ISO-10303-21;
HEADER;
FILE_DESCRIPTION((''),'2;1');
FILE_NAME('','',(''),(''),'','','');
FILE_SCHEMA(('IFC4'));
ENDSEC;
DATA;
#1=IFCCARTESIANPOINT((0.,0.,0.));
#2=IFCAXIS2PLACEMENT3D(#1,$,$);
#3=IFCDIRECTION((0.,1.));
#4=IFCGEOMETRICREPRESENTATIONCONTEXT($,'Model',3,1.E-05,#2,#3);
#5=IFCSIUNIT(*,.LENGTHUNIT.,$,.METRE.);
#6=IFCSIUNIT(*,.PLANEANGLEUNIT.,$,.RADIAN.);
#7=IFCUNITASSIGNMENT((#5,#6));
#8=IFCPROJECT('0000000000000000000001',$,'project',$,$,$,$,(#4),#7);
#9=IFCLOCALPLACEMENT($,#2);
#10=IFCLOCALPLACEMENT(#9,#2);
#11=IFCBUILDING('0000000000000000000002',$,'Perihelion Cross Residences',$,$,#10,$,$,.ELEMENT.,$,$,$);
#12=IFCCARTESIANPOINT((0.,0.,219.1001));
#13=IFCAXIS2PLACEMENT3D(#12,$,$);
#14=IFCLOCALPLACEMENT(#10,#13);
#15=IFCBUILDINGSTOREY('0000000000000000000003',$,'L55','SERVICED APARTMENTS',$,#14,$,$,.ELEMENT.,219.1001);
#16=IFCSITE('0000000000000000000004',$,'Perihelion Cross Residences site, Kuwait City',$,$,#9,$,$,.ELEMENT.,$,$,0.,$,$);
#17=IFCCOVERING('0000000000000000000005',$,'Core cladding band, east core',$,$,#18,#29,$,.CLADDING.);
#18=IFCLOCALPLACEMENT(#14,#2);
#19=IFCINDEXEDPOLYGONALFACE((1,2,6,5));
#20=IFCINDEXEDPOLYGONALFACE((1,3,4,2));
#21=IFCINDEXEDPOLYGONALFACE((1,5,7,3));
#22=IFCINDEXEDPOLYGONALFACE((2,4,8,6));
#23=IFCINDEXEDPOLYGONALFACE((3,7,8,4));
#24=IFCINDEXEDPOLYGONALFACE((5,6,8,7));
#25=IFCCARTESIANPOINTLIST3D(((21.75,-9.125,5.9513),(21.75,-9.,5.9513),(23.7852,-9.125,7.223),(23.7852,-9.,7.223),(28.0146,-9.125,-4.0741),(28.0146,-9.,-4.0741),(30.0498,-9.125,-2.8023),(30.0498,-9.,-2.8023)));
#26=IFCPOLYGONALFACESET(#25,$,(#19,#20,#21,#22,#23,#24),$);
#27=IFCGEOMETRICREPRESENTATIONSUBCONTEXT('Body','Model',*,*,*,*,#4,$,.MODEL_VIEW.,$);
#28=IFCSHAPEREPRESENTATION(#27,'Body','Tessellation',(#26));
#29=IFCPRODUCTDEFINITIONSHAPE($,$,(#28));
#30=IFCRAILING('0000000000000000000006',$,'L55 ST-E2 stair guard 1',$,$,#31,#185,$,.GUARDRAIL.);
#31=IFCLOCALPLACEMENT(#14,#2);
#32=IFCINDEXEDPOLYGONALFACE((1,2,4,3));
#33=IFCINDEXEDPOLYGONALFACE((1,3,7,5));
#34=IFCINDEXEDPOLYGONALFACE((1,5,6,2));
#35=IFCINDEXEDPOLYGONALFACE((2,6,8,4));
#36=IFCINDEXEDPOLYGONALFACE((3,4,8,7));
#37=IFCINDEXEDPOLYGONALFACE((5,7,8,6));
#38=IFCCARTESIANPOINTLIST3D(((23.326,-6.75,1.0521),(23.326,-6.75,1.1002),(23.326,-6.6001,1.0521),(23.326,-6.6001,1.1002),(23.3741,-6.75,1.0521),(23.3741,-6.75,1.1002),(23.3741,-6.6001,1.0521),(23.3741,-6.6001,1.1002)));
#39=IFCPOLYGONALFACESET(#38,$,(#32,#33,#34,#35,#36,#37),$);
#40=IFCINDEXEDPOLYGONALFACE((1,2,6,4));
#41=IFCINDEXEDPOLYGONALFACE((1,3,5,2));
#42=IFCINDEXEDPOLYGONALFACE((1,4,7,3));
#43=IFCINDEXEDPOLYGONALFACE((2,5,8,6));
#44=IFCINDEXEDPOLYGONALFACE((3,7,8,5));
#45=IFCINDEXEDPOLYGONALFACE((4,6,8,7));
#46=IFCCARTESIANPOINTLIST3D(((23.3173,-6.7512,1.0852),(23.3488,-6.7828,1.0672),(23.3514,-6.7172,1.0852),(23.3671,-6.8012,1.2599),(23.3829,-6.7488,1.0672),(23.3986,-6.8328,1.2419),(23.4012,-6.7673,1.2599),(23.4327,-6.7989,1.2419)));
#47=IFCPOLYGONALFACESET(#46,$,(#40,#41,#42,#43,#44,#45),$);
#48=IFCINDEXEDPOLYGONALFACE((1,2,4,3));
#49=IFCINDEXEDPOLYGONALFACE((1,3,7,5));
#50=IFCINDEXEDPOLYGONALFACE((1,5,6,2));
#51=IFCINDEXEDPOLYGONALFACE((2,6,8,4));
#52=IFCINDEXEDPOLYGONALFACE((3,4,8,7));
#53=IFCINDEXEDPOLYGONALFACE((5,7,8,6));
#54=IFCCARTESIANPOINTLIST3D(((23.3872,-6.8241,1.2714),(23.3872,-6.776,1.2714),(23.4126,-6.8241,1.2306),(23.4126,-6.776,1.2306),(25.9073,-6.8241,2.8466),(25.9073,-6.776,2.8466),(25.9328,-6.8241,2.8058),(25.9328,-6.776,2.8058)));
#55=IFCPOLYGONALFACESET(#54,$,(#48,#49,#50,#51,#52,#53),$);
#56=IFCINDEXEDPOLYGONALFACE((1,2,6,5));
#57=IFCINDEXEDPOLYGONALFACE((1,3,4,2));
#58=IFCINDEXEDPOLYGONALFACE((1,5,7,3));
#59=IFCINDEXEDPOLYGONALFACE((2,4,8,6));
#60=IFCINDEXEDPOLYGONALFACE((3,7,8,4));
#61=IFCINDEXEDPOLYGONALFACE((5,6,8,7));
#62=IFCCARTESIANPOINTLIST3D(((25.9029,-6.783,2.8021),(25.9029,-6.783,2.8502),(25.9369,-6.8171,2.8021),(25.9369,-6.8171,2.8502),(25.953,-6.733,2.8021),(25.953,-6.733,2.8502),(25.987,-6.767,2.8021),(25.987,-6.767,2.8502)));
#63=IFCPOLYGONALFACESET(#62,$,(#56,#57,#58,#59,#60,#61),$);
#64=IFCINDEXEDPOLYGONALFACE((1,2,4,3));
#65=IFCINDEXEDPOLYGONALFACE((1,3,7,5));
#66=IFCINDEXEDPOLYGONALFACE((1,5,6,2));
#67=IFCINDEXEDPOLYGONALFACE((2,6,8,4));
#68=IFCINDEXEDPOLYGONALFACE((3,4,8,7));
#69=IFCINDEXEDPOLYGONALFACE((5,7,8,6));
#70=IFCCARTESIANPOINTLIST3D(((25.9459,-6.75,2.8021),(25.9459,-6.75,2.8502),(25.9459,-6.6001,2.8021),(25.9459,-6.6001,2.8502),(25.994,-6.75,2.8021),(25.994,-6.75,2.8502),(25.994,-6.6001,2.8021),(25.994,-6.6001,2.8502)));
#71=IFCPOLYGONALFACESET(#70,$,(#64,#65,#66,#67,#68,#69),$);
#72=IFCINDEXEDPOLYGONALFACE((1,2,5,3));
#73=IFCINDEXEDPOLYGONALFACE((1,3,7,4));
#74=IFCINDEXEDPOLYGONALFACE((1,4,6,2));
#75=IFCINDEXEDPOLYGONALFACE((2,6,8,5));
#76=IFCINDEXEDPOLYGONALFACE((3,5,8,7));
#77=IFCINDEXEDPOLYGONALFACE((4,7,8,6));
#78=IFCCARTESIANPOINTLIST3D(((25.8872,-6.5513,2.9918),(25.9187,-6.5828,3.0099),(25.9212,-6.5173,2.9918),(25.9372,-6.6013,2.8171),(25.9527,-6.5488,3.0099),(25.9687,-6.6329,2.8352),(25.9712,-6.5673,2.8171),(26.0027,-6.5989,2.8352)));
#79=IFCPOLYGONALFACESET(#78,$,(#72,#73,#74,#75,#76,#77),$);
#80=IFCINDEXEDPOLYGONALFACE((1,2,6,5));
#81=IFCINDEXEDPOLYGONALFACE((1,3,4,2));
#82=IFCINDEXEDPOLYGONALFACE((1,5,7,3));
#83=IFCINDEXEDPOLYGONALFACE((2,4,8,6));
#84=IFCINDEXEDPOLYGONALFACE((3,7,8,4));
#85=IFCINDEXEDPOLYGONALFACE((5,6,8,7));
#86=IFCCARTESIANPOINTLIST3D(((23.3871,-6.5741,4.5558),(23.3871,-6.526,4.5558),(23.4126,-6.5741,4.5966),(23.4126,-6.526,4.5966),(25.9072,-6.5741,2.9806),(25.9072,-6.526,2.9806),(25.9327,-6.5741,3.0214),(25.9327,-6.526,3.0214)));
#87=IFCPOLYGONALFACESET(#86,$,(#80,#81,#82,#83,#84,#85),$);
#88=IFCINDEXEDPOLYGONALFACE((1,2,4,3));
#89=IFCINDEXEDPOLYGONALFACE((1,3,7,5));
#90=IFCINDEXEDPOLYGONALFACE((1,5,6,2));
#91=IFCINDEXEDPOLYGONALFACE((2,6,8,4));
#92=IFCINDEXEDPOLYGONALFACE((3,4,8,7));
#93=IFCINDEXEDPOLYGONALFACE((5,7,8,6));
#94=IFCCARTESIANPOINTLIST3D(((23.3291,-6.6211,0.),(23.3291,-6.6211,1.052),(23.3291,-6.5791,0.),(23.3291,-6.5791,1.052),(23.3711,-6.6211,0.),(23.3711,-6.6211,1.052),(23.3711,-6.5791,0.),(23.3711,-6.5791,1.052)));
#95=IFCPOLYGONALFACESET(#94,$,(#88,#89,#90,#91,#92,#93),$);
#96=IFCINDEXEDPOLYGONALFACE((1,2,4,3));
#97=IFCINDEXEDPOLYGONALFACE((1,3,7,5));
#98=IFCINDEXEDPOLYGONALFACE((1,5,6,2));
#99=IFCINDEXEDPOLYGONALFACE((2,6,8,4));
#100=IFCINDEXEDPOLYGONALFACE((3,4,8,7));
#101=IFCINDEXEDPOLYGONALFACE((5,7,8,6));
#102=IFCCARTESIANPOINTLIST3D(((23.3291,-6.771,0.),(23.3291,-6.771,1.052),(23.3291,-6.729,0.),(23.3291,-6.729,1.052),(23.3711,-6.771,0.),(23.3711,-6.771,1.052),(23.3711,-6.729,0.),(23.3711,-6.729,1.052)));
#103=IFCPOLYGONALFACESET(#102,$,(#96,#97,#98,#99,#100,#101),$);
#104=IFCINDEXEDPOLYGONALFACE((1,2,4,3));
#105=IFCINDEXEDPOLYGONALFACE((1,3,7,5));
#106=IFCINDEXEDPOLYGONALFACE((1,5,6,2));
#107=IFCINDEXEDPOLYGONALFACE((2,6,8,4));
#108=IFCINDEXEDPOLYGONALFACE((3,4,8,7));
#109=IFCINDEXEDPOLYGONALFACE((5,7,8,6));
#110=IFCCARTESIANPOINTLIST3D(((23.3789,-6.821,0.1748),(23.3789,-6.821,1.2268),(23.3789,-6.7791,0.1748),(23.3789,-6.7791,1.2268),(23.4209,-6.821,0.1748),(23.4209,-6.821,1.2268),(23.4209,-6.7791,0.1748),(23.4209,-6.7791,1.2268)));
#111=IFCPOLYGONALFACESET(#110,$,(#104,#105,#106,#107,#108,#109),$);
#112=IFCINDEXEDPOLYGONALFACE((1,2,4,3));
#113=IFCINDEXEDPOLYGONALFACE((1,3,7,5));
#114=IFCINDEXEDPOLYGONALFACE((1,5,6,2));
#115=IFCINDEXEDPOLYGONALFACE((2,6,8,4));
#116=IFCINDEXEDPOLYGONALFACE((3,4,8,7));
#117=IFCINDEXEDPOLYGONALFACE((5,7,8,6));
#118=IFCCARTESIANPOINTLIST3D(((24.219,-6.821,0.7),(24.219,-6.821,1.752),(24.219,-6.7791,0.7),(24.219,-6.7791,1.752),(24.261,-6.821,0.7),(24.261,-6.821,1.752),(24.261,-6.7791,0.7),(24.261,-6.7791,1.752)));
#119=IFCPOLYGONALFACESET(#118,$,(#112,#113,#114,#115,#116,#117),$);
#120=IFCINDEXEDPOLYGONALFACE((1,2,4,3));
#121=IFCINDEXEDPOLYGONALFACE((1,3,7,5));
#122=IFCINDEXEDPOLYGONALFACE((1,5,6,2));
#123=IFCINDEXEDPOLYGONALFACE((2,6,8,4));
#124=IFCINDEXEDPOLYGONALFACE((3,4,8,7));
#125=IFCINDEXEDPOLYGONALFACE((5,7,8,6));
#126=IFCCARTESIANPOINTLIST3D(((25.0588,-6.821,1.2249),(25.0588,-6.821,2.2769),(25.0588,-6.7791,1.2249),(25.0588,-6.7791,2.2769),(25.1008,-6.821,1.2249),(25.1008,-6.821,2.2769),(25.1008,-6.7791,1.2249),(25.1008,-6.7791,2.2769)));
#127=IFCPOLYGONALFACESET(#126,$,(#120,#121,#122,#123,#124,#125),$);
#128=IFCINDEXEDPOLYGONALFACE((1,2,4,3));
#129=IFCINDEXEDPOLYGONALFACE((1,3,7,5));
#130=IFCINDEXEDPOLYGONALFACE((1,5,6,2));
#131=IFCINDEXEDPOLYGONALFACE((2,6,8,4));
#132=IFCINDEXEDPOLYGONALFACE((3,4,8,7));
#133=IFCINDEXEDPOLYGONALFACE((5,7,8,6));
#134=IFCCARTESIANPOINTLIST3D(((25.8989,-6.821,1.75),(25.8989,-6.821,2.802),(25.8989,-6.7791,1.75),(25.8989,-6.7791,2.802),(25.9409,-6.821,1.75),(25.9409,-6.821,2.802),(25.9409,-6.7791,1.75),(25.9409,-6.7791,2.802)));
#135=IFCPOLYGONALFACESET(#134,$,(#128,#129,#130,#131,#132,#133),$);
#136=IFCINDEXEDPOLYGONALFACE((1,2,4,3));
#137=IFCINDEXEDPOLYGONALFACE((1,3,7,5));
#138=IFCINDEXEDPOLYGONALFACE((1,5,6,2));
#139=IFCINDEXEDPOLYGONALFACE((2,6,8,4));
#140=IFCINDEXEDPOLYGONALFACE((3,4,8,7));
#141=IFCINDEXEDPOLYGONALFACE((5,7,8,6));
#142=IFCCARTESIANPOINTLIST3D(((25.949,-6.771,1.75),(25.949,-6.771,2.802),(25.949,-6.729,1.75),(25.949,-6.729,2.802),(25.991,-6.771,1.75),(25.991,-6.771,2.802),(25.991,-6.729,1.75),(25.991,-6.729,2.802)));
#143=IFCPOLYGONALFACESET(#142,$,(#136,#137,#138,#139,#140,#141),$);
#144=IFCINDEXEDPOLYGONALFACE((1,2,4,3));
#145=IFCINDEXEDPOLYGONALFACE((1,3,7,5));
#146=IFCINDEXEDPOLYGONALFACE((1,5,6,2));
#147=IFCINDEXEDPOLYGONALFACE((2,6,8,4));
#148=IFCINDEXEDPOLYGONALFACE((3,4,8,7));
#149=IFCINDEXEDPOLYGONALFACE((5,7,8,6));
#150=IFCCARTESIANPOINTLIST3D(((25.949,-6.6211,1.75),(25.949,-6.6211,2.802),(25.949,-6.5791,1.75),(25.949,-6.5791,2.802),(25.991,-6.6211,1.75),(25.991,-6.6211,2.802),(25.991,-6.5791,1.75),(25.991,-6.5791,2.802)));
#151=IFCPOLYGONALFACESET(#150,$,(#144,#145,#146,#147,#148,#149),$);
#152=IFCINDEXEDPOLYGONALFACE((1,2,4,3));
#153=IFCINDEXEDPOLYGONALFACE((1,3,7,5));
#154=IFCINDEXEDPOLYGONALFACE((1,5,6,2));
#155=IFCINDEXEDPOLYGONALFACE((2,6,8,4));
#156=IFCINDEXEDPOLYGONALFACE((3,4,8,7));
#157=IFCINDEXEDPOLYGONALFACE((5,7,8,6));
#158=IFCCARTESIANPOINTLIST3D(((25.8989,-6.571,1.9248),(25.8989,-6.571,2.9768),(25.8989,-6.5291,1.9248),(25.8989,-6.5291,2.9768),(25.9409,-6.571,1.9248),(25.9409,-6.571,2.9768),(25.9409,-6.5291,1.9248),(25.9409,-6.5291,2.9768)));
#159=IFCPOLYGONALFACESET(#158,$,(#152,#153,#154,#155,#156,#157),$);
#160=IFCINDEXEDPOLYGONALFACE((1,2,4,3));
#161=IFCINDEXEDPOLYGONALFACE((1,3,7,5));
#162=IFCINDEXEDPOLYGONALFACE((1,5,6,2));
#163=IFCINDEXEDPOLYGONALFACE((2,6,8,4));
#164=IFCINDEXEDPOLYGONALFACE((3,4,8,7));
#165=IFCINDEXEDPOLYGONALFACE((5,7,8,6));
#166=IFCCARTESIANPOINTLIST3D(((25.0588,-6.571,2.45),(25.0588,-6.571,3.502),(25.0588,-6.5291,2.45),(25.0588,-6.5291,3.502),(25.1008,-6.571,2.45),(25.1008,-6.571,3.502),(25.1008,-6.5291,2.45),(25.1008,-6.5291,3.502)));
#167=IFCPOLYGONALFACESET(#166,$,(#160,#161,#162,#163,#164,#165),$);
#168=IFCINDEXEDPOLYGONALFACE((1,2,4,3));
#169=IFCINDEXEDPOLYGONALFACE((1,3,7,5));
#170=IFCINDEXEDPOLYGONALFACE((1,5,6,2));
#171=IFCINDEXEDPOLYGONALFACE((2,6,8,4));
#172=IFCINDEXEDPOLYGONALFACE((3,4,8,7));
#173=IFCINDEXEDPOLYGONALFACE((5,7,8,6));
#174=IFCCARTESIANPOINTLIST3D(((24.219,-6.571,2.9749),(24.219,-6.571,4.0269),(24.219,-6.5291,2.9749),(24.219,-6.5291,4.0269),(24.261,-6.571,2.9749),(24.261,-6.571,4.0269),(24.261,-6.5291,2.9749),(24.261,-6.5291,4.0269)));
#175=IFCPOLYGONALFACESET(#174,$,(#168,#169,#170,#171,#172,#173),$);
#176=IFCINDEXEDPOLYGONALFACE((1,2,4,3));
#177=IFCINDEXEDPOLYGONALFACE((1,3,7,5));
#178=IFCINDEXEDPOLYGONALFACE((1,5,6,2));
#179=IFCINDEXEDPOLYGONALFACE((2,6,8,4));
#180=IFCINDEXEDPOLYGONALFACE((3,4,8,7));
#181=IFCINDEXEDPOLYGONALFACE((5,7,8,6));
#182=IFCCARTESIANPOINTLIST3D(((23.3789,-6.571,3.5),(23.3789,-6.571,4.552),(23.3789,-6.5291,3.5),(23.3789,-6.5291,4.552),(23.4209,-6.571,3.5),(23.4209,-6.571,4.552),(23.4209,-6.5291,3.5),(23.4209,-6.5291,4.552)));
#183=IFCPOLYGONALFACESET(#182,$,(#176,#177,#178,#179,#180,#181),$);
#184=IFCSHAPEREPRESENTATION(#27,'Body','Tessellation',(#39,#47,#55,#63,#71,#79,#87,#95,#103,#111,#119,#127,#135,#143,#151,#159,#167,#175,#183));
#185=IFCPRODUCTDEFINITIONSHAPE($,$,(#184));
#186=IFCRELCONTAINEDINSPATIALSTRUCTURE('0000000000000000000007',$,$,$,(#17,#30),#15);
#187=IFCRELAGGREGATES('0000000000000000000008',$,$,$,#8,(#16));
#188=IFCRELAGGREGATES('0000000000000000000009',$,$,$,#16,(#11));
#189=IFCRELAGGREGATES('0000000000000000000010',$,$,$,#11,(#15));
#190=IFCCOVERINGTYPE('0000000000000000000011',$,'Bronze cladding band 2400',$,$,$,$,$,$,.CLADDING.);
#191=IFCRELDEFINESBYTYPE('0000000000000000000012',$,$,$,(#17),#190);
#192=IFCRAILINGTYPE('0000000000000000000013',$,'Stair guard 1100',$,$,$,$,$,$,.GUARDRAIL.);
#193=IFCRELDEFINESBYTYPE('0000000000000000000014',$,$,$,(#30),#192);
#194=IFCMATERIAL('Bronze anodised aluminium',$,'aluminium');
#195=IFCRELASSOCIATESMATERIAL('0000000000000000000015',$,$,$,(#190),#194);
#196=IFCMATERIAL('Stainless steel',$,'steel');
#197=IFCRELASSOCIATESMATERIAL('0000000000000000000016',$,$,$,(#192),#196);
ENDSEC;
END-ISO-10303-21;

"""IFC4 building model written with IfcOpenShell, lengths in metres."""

from ifc_helpers import new_model, si_unit, direction, frame, origin, origin_2d, place, context, subcontext, project, spatial, rectangle, extrude, material, material_profile, profile_set, type_object, element, save


model = new_model("IFC4")

# Units and contexts
model_context = context("Model", 3, precision=1e-05, world=origin(), true_north=direction((0.0, 1.0)))
body_context = subcontext(model_context, "Body", "Model", "MODEL_VIEW")
ifc_project = project(units=[si_unit("LENGTHUNIT", "METRE"), si_unit("PLANEANGLEUNIT", "RADIAN")], contexts=[model_context])

# Site, building, storey
site_placement = place(None, origin())
site = spatial("IfcSite", under=ifc_project, at=site_placement, Name="Perihelion Cross Residences site, Kuwait City", CompositionType="ELEMENT", RefElevation=0.0)
building_placement = place(site_placement, origin())
building = spatial("IfcBuilding", under=site, at=building_placement, Name="Perihelion Cross Residences", CompositionType="ELEMENT")
storey_placement = place(building_placement, frame((0.0, 0.0, 219.1001)))
storey = spatial("IfcBuildingStorey", under=building, at=storey_placement, Name="L55", Description="SERVICED APARTMENTS", CompositionType="ELEMENT", Elevation=219.1001)

# Covering
ifc_material_1 = material(Name="Bronze anodised aluminium", Category="aluminium")
ifc_material_profile = material_profile(ifc_material_1, rectangle(XDim=0.125, YDim=2.3999, at=origin_2d()), Name="Bronze cladding band 2400")
ifc_profile_set = profile_set([ifc_material_profile], Name="Bronze anodised aluminium")
covering_type = type_object("IfcCoveringType", Name="Bronze cladding band 2400", PredefinedType="CLADDING", material=ifc_profile_set)
covering_placement = place(storey_placement, frame((29.0322, -9.0625, -3.4382), z_axis=(-0.529925, 0.0, 0.848045), x_axis=(0.0, -1.0, 0.0)))
element("IfcCovering", 1, at=covering_placement, inside=storey, type_object=covering_type, Name="Core cladding band, east core", PredefinedType="CLADDING", context=body_context, shape_type="SweptSolid", body=[
    extrude(rectangle(XDim=0.125, YDim=2.3999, at=origin_2d()), origin(), (0.0, 0.0, 1.0), 11.8218),
])

# Railing
ifc_material_2 = material(Name="Stainless steel", Category="steel")
railing_type_1 = type_object("IfcRailingType", Name="Stair guard 1100", PredefinedType="GUARDRAIL", material=ifc_material_2)
railing_1_placement = place(storey_placement, frame((23.3501, -6.6001, 0.0)))
element("IfcRailing", 2, at=railing_1_placement, inside=storey, type_object=railing_type_1, Name="L55 ST-E2 stair guard 1", PredefinedType="GUARDRAIL", context=body_context, shape_type="SweptSolid", body=[
    extrude(rectangle(XDim=0.0481, YDim=0.0481, at=origin_2d()), frame((0.0, 0.0, 1.0762), z_axis=(0.0, -1.0, 0.0), x_axis=(1.0, 0.0, 0.0)), (0.0, 0.0, 1.0), 0.1499),
    extrude(rectangle(XDim=0.0481, YDim=0.0481, at=origin_2d()), frame((0.0, -0.1499, 1.0762), z_axis=(0.264179, -0.265474, 0.927218), x_axis=(0.708834, 0.705376, 0.0)), (0.0, 0.0, 1.0), 0.1885),
    extrude(rectangle(XDim=0.0481, YDim=0.0481, at=origin_2d()), frame((0.0498, -0.2, 1.251), z_axis=(0.847971, 0.0, 0.530043), x_axis=(0.0, 1.0, 0.0)), (0.0, 0.0, 1.0), 2.9719),
    extrude(rectangle(XDim=0.0481, YDim=0.0481, at=origin_2d()), frame((2.5698, -0.2, 2.8262), z_axis=(0.707107, 0.707107, 0.0), x_axis=(-0.707107, 0.707107, 0.0)), (0.0, 0.0, 1.0), 0.0708),
    extrude(rectangle(XDim=0.0481, YDim=0.0481, at=origin_2d()), frame((2.6199, -0.1499, 2.8262), z_axis=(0.0, 1.0, 0.0), x_axis=(-1.0, 0.0, 0.0)), (0.0, 0.0, 1.0), 0.1499),
    extrude(rectangle(XDim=0.0481, YDim=0.0481, at=origin_2d()), frame((2.6199, 0.0, 2.8262), z_axis=(-0.265383, 0.265383, 0.9269), x_axis=(-0.707107, -0.707107, 0.0)), (0.0, 0.0, 1.0), 0.1885),
    extrude(rectangle(XDim=0.0481, YDim=0.0481, at=origin_2d()), frame((2.5698, 0.05, 3.001), z_axis=(-0.847971, 0.0, 0.530043), x_axis=(0.0, -1.0, 0.0)), (0.0, 0.0, 1.0), 2.9719),
    extrude(rectangle(XDim=0.042, YDim=0.042, at=origin_2d()), origin(), (0.0, 0.0, 1.0), 1.052),
    extrude(rectangle(XDim=0.042, YDim=0.042, at=origin_2d()), frame((0.0, -0.1499, 0.0)), (0.0, 0.0, 1.0), 1.052),
    extrude(rectangle(XDim=0.042, YDim=0.042, at=origin_2d()), frame((0.0498, -0.2, 0.1748)), (0.0, 0.0, 1.0), 1.052),
    extrude(rectangle(XDim=0.042, YDim=0.042, at=origin_2d()), frame((0.8899, -0.2, 0.7)), (0.0, 0.0, 1.0), 1.052),
    extrude(rectangle(XDim=0.042, YDim=0.042, at=origin_2d()), frame((1.7297, -0.2, 1.2249)), (0.0, 0.0, 1.0), 1.052),
    extrude(rectangle(XDim=0.042, YDim=0.042, at=origin_2d()), frame((2.5698, -0.2, 1.75)), (0.0, 0.0, 1.0), 1.052),
    extrude(rectangle(XDim=0.042, YDim=0.042, at=origin_2d()), frame((2.6199, -0.1499, 1.75)), (0.0, 0.0, 1.0), 1.052),
    extrude(rectangle(XDim=0.042, YDim=0.042, at=origin_2d()), frame((2.6199, 0.0, 1.75)), (0.0, 0.0, 1.0), 1.052),
    extrude(rectangle(XDim=0.042, YDim=0.042, at=origin_2d()), frame((2.5698, 0.05, 1.9248)), (0.0, 0.0, 1.0), 1.052),
    extrude(rectangle(XDim=0.042, YDim=0.042, at=origin_2d()), frame((1.7297, 0.05, 2.45)), (0.0, 0.0, 1.0), 1.052),
    extrude(rectangle(XDim=0.042, YDim=0.042, at=origin_2d()), frame((0.8899, 0.05, 2.9749)), (0.0, 0.0, 1.0), 1.052),
    extrude(rectangle(XDim=0.042, YDim=0.042, at=origin_2d()), frame((0.0498, 0.05, 3.5)), (0.0, 0.0, 1.0), 1.052),
])

save(model, "model.ifc")
